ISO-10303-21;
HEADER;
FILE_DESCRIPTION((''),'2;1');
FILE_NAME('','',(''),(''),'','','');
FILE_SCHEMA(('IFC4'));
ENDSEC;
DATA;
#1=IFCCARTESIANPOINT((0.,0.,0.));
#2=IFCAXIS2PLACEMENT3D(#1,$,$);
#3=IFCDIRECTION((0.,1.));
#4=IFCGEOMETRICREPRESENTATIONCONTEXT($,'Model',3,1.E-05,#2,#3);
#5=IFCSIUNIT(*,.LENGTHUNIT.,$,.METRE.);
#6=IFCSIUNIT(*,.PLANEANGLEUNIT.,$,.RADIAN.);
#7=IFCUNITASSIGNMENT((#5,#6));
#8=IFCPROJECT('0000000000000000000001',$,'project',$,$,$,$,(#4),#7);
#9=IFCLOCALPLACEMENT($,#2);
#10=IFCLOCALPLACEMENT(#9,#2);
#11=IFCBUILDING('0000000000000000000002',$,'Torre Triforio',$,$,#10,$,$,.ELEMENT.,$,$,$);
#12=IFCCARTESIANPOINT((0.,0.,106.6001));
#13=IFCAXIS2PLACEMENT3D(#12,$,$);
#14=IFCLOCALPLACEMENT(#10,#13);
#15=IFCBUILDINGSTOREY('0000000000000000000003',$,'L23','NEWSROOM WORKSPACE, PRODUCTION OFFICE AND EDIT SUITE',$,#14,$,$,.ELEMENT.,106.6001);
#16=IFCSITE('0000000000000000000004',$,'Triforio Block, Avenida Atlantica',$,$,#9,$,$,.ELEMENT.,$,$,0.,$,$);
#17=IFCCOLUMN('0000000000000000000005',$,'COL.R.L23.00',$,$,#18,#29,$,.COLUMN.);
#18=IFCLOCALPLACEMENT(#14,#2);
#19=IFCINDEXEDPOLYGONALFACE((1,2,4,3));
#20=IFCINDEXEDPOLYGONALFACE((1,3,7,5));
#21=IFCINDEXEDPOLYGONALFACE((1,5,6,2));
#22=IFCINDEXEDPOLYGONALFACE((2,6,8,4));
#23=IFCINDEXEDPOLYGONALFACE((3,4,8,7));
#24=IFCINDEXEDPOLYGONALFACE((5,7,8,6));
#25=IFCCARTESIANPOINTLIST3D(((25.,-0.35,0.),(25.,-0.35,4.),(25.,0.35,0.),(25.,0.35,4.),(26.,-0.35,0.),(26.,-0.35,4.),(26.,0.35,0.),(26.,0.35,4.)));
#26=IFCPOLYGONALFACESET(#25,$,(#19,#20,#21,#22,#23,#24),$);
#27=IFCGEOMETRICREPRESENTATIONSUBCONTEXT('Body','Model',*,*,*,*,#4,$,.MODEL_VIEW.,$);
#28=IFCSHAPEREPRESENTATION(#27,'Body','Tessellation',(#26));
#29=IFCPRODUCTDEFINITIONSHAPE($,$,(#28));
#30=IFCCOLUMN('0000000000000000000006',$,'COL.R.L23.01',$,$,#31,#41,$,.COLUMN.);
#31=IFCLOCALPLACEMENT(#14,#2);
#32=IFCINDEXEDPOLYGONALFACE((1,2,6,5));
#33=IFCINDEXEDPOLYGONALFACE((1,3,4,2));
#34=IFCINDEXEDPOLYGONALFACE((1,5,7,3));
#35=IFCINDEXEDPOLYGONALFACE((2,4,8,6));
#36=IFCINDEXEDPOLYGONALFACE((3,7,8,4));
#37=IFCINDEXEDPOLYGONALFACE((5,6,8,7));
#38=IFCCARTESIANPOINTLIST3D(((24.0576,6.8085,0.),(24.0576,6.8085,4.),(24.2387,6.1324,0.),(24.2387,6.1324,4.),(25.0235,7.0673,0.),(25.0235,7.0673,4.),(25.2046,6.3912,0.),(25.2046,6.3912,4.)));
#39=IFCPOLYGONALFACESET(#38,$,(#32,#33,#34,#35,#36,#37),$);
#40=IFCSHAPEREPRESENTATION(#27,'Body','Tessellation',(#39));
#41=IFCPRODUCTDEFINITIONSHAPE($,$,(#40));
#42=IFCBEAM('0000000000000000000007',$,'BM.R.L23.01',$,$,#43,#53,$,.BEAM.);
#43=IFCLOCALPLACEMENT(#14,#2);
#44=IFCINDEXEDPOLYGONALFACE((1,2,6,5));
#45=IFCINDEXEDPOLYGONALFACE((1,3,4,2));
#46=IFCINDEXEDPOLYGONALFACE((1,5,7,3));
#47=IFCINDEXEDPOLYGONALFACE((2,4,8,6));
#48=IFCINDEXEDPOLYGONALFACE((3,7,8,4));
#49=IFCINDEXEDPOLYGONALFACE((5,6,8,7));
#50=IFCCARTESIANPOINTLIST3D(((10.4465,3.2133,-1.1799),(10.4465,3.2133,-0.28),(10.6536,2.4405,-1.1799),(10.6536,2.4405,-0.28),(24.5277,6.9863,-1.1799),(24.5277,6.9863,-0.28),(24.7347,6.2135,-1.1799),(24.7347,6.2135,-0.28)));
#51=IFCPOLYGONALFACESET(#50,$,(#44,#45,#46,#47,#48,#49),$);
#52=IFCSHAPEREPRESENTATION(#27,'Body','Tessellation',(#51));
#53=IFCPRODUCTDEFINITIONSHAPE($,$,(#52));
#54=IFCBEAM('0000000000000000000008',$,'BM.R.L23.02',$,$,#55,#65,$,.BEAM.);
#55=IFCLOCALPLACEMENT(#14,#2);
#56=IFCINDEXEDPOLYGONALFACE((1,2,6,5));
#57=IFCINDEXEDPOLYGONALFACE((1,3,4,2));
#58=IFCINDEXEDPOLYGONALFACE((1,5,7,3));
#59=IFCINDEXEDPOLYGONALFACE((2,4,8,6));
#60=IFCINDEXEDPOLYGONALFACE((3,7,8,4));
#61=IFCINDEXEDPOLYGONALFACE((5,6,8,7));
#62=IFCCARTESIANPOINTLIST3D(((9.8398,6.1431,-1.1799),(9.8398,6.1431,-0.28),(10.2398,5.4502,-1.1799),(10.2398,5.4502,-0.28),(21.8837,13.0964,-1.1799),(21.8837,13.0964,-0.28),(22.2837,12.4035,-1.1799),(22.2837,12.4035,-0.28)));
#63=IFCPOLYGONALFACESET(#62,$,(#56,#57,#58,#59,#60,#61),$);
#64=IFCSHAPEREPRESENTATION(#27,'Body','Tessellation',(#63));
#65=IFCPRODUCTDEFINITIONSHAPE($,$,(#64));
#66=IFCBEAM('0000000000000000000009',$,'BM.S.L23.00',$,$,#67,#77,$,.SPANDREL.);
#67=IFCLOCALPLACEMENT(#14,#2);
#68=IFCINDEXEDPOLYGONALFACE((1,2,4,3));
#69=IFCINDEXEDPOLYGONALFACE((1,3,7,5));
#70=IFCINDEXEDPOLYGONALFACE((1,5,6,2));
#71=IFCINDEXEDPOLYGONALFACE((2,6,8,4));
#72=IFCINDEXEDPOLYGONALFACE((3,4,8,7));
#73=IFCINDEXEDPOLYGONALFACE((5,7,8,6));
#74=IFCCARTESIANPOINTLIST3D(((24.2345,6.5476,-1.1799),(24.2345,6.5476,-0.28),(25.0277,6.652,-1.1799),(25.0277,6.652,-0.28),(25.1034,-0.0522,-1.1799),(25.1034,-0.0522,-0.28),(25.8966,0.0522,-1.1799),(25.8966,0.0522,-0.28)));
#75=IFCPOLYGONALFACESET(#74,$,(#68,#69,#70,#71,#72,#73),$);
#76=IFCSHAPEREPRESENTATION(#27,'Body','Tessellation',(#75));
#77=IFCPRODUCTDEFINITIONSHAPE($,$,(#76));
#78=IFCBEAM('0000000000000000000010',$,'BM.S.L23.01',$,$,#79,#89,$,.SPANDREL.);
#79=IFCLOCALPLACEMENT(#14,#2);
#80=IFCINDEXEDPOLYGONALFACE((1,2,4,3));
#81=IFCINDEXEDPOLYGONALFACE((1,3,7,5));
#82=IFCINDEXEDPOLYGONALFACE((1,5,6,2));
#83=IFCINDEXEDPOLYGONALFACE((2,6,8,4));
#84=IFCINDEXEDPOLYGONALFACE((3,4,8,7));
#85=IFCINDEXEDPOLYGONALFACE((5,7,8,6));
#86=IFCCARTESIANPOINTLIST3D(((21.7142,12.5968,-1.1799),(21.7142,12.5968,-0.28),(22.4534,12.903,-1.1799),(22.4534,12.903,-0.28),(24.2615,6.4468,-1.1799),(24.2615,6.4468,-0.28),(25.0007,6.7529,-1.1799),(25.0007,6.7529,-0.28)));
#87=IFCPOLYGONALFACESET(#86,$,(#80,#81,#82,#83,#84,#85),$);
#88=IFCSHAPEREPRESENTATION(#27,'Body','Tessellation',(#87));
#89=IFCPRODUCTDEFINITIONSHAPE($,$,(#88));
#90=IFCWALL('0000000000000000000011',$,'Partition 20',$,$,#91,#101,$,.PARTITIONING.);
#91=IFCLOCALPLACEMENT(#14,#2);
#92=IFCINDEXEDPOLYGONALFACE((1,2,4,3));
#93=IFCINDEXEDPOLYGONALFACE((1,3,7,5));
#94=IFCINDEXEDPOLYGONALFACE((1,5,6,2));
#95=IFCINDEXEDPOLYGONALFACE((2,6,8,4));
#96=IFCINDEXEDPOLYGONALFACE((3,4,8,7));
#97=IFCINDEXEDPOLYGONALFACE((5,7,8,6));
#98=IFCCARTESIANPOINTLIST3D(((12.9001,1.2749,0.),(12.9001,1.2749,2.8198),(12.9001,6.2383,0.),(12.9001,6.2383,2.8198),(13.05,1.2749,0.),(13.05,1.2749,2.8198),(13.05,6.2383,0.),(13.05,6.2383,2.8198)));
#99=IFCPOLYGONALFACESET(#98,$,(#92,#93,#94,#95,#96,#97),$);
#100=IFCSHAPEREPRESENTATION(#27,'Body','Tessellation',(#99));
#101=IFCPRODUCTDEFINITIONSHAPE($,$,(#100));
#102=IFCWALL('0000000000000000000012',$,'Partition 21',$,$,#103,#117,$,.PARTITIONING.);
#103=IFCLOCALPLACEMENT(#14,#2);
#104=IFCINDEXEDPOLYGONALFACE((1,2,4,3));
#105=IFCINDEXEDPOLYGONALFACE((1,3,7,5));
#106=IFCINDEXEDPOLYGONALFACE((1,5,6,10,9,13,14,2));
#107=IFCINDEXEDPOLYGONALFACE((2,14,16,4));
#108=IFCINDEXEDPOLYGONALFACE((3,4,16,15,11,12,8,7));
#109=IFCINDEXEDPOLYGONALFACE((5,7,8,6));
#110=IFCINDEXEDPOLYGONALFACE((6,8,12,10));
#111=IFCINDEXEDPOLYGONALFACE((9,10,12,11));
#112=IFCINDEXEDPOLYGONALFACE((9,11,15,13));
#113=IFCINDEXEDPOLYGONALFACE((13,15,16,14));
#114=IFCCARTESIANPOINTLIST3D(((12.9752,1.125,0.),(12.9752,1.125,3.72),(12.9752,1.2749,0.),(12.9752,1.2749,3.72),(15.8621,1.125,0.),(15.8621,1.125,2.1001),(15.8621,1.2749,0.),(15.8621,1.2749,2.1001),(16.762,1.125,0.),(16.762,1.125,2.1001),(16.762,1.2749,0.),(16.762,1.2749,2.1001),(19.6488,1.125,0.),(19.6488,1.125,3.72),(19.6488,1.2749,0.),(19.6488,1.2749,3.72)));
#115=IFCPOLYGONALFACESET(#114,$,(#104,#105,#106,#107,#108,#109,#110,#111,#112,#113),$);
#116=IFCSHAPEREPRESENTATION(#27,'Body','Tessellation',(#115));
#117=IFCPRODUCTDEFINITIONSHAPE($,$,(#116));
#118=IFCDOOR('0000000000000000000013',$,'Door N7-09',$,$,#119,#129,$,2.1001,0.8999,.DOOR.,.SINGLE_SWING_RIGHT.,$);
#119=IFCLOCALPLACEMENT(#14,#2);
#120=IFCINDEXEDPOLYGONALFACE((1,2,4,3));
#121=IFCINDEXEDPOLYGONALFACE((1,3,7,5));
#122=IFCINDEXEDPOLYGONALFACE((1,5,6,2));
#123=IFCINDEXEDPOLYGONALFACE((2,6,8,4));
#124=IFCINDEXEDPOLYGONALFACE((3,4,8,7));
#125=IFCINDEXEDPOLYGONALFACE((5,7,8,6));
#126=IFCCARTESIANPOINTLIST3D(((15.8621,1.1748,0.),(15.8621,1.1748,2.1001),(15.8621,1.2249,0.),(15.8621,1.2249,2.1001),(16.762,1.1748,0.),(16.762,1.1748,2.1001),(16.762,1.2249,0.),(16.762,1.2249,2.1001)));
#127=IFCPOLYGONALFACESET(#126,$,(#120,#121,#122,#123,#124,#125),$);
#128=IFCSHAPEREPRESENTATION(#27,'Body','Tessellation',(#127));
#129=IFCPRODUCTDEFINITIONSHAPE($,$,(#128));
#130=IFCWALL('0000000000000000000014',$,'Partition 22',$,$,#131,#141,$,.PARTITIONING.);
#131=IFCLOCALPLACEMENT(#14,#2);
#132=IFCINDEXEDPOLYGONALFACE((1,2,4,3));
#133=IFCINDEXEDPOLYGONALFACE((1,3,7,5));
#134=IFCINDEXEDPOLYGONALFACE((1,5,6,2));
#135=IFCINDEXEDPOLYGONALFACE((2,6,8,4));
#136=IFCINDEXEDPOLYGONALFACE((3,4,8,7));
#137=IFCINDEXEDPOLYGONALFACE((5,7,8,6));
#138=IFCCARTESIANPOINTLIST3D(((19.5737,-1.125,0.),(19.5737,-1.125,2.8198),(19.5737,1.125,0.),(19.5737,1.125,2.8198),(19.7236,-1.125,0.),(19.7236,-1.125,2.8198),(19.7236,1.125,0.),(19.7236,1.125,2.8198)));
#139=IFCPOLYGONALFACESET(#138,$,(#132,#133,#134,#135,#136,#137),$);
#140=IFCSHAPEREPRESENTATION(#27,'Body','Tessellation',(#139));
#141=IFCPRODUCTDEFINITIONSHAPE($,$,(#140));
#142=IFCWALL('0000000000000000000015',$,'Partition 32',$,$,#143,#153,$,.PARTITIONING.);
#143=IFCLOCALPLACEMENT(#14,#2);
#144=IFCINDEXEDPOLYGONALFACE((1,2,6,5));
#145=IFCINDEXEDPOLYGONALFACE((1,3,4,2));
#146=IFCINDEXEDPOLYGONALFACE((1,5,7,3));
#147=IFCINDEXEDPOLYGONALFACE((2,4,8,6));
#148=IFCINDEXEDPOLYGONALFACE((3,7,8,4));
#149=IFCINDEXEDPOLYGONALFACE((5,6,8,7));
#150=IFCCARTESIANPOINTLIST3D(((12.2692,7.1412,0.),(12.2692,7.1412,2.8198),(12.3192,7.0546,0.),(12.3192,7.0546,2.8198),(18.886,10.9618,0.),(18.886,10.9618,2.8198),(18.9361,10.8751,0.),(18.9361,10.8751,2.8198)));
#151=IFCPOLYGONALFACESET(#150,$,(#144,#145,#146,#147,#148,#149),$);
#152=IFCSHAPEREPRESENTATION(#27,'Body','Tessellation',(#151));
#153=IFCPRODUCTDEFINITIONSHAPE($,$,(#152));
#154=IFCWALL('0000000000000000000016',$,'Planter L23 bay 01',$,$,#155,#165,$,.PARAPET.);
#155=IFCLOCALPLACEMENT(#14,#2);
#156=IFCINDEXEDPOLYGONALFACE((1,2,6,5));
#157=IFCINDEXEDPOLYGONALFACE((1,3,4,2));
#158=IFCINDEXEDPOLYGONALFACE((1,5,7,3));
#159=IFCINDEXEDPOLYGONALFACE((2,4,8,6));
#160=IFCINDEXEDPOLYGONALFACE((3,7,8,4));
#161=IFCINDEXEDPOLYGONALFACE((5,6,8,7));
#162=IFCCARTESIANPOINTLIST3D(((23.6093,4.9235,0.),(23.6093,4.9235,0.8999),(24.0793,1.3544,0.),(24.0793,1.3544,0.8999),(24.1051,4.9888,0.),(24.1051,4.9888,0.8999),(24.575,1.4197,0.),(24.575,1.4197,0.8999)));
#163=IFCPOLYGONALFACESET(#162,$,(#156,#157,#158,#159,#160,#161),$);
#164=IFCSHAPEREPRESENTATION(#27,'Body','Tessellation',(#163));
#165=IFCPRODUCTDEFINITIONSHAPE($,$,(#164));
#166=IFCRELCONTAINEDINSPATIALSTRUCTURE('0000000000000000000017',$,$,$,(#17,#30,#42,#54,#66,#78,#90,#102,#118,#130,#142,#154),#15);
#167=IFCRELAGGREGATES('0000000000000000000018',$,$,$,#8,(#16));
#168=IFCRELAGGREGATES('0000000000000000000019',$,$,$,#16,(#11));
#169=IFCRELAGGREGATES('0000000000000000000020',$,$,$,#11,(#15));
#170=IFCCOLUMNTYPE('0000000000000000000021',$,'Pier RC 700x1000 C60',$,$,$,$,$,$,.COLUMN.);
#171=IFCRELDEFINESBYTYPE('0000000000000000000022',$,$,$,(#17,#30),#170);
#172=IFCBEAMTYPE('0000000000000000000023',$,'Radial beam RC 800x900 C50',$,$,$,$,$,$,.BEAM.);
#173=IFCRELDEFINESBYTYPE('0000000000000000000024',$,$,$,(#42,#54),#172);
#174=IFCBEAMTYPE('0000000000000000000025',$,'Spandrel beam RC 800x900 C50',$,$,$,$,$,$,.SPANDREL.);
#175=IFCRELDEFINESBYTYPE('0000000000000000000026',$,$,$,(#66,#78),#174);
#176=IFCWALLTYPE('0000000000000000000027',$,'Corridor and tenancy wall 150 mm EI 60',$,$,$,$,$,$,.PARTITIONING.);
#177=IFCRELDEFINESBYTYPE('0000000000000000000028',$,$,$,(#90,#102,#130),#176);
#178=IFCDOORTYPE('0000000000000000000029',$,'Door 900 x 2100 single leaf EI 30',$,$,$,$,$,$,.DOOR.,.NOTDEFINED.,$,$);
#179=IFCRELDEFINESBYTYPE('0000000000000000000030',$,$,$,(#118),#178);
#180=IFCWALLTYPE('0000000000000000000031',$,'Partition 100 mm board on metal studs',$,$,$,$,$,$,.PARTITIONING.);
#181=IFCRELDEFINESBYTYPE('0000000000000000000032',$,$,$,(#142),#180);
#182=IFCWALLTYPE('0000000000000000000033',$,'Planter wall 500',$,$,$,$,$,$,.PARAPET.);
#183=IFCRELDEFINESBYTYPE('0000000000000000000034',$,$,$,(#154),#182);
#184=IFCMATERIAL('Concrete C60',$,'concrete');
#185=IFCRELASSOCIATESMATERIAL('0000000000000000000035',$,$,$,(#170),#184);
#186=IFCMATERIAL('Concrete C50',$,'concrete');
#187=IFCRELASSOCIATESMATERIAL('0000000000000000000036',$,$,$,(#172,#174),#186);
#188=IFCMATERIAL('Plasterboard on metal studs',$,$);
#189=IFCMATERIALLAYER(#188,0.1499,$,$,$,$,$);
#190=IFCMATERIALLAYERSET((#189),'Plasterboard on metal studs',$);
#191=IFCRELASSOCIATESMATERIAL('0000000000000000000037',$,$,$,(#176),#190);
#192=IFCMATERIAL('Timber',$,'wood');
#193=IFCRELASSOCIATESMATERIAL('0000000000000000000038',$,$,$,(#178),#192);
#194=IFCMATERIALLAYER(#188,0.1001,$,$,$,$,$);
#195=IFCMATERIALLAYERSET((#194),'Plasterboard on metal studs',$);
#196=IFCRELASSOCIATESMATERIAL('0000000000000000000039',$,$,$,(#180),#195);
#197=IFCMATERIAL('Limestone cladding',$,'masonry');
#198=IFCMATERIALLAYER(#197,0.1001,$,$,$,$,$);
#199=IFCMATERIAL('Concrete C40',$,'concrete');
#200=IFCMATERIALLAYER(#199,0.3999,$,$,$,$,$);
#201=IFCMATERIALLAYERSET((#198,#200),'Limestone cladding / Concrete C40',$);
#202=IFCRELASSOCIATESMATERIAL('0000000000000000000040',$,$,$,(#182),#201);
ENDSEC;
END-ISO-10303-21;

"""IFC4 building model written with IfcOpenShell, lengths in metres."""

from ifc_helpers import new_model, si_unit, direction, frame, frame_2d, origin, origin_2d, place, context, subcontext, project, spatial, rectangle, extrude, material, layer, layer_set, material_profile, profile_set, type_object, element, fill, save


model = new_model("IFC4")

# Units and contexts
model_context = context("Model", 3, precision=1e-05, world=origin(), true_north=direction((0.0, 1.0)))
body_context = subcontext(model_context, "Body", "Model", "MODEL_VIEW")
ifc_project = project(units=[si_unit("LENGTHUNIT", "METRE"), si_unit("PLANEANGLEUNIT", "RADIAN")], contexts=[model_context])

# Site, building, storey
site_placement = place(None, origin())
site = spatial("IfcSite", under=ifc_project, at=site_placement, Name="Triforio Block, Avenida Atlantica", CompositionType="ELEMENT", RefElevation=0.0)
building_placement = place(site_placement, origin())
building = spatial("IfcBuilding", under=site, at=building_placement, Name="Torre Triforio", CompositionType="ELEMENT")
storey_placement = place(building_placement, frame((0.0, 0.0, 106.6001)))
storey = spatial("IfcBuildingStorey", under=building, at=storey_placement, Name="L23", Description="NEWSROOM WORKSPACE, PRODUCTION OFFICE AND EDIT SUITE", CompositionType="ELEMENT", Elevation=106.6001)

# Columns
ifc_material_1 = material(Name="Concrete C60", Category="concrete")
ifc_material_profile_1 = material_profile(ifc_material_1, rectangle(XDim=0.7, YDim=1.0, at=origin_2d()), Name="RC 700x1000")
ifc_profile_set_1 = profile_set([ifc_material_profile_1], Name="Concrete C60")
column_type = type_object("IfcColumnType", Name="Pier RC 700x1000 C60", PredefinedType="COLUMN", material=ifc_profile_set_1)
for number, where, z_axis, x_axis, name in (
    (1, (25.5, 0.0, 0.0), (0.0, 0.0, 1.0), (0.0, 1.0, 0.0), "COL.R.L23.00"),
    (2, (24.6311, 6.5999, 0.0), (0.0, 0.0, 1.0), (-0.258819, 0.965926, 0.0), "COL.R.L23.01"),
):
    element("IfcColumn", number, at=place(storey_placement, frame(where, z_axis=z_axis, x_axis=x_axis)), inside=storey, type_object=column_type, Name=name, PredefinedType="COLUMN", context=body_context, shape_type="SweptSolid", body=[
        extrude(rectangle(XDim=0.7, YDim=1.0, at=origin_2d()), origin(), (0.0, 0.0, 1.0), 4.0),
    ])

# Beams
ifc_material_2 = material(Name="Concrete C50", Category="concrete")
ifc_material_profile_2 = material_profile(ifc_material_2, rectangle(XDim=0.8, YDim=0.8999, at=origin_2d()), Name="RC 800x900")
ifc_profile_set_2 = profile_set([ifc_material_profile_2], Name="Concrete C50")
beam_type_1 = type_object("IfcBeamType", Name="Radial beam RC 800x900 C50", PredefinedType="BEAM", material=ifc_profile_set_2)
beam_1_placement = place(storey_placement, frame((10.55, 2.8269, -0.73), z_axis=(0.965927, 0.258815, 0.0), x_axis=(-0.258815, 0.965927, 0.0)))
element("IfcBeam", 3, at=beam_1_placement, inside=storey, type_object=beam_type_1, Name="BM.R.L23.01", PredefinedType="BEAM", context=body_context, shape_type="SweptSolid", body=[
    extrude(rectangle(XDim=0.8, YDim=0.8999, at=origin_2d()), origin(), (0.0, 0.0, 1.0), 14.5779),
])
beam_2_placement = place(storey_placement, frame((10.0398, 5.7966, -0.73), z_axis=(0.866032, 0.499989, 0.0), x_axis=(-0.499989, 0.866032, 0.0)))
element("IfcBeam", 4, at=beam_2_placement, inside=storey, type_object=beam_type_1, Name="BM.R.L23.02", PredefinedType="BEAM", context=body_context, shape_type="SweptSolid", body=[
    extrude(rectangle(XDim=0.8, YDim=0.8999, at=origin_2d()), origin(), (0.0, 0.0, 1.0), 13.907),
])
ifc_material_profile_3 = material_profile(ifc_material_2, rectangle(XDim=0.8, YDim=0.8999, at=origin_2d()), Name="RC 800x900")
ifc_profile_set_3 = profile_set([ifc_material_profile_3], Name="Concrete C50")
beam_type_2 = type_object("IfcBeamType", Name="Spandrel beam RC 800x900 C50", PredefinedType="SPANDREL", material=ifc_profile_set_3)
for number, where, z_axis, x_axis, name in (
    (5, (25.5, 0.0, -0.73), (-0.130528, 0.991445, 0.0), (-0.991445, -0.130528, 0.0), "BM.S.L23.00"),
    (6, (24.6311, 6.5999, -0.73), (-0.382669, 0.923885, 0.0), (-0.923885, -0.382669, 0.0), "BM.S.L23.01"),
):
    element("IfcBeam", number, at=place(storey_placement, frame(where, z_axis=z_axis, x_axis=x_axis)), inside=storey, type_object=beam_type_2, Name=name, PredefinedType="SPANDREL", context=body_context, shape_type="SweptSolid", body=[
        extrude(rectangle(XDim=0.8, YDim=0.8999, at=origin_2d()), origin(), (0.0, 0.0, 1.0), 6.6567),
    ])

# Wall
ifc_material_3 = material(Name="Plasterboard on metal studs")
ifc_layer_1 = layer(ifc_material_3, 0.1499)
ifc_layer_set_1 = layer_set([ifc_layer_1], Name="Plasterboard on metal studs")
wall_type_1 = type_object("IfcWallType", Name="Corridor and tenancy wall 150 mm EI 60", PredefinedType="PARTITIONING", material=ifc_layer_set_1)
wall_1_placement = place(storey_placement, frame((12.9751, 6.2383, 0.0), z_axis=(0.0, 0.0, 1.0), x_axis=(0.0, -1.0, 0.0)))
element("IfcWall", 7, at=wall_1_placement, inside=storey, type_object=wall_type_1, Name="Partition 20", PredefinedType="PARTITIONING", context=body_context, shape_type="SweptSolid", body=[
    extrude(rectangle(XDim=4.9634, YDim=0.1499, at=frame_2d((2.4817, 0.0))), origin(), (0.0, 0.0, 1.0), 2.8198),
])

# Wall, opening, door
wall_2_placement = place(storey_placement, frame((12.9751, 1.2, 0.0), z_axis=(0.0, 0.0, 1.0), x_axis=(1.0, 0.0, 0.0)))
wall_2 = element("IfcWall", 8, at=wall_2_placement, inside=storey, type_object=wall_type_1, Name="Partition 21", PredefinedType="PARTITIONING", context=body_context, shape_type="SweptSolid", body=[
    extrude(rectangle(XDim=6.6736, YDim=0.1499, at=frame_2d((3.3369, 0.0))), origin(), (0.0, 0.0, 1.0), 3.72),
])
opening_1_placement = place(wall_2_placement, frame((2.887, 0.0, 0.0)))
opening_1 = element("IfcOpeningElement", 9, at=opening_1_placement, cuts=wall_2, PredefinedType="OPENING", context=body_context, shape_type="SweptSolid", body=[
    extrude(rectangle(XDim=0.8999, YDim=2.1001, at=frame_2d((0.45, 1.05))), frame((0.0, 0.085, 0.0), z_axis=(0.0, -1.0, 0.0), x_axis=(1.0, 0.0, 0.0)), (0.0, 0.0, 1.0), 0.1699),
])
ifc_material_4 = material(Name="Timber", Category="wood")
door_type_1 = type_object("IfcDoorType", Name="Door 900 x 2100 single leaf EI 30", OperationType="NOTDEFINED", PredefinedType="DOOR", material=ifc_material_4)
door_1_placement = place(opening_1_placement, origin())
door_1 = element("IfcDoor", 10, at=door_1_placement, inside=storey, type_object=door_type_1, Name="Door N7-09", OperationType="SINGLE_SWING_RIGHT", OverallHeight=2.1001, OverallWidth=0.8999, PredefinedType="DOOR", context=body_context, shape_type="SweptSolid", body=[
    extrude(rectangle(XDim=0.8999, YDim=2.1001, at=frame_2d((0.45, 1.05))), frame((0.0, 0.0249, 0.0), z_axis=(0.0, -1.0, 0.0), x_axis=(1.0, 0.0, 0.0)), (0.0, 0.0, 1.0), 0.05),
])
fill(opening_1, door_1)

# Walls
wall_3_placement = place(storey_placement, frame((19.6487, 1.125, 0.0), z_axis=(0.0, 0.0, 1.0), x_axis=(0.0, -1.0, 0.0)))
element("IfcWall", 11, at=wall_3_placement, inside=storey, type_object=wall_type_1, Name="Partition 22", PredefinedType="PARTITIONING", context=body_context, shape_type="SweptSolid", body=[
    extrude(rectangle(XDim=2.25, YDim=0.1499, at=frame_2d((1.125, 0.0))), origin(), (0.0, 0.0, 1.0), 2.8198),
])
ifc_layer_2 = layer(ifc_material_3, 0.1001)
ifc_layer_set_2 = layer_set([ifc_layer_2], Name="Plasterboard on metal studs")
wall_type_2 = type_object("IfcWallType", Name="Partition 100 mm board on metal studs", PredefinedType="PARTITIONING", material=ifc_layer_set_2)
wall_4_placement = place(storey_placement, frame((12.2942, 7.0979, 0.0), z_axis=(0.0, 0.0, 1.0), x_axis=(0.866011, 0.500026, 0.0)))
element("IfcWall", 12, at=wall_4_placement, inside=storey, type_object=wall_type_2, Name="Partition 32", PredefinedType="PARTITIONING", context=body_context, shape_type="SweptSolid", body=[
    extrude(rectangle(XDim=7.6406, YDim=0.1001, at=frame_2d((3.8203, 0.0))), origin(), (0.0, 0.0, 1.0), 2.8198),
])
ifc_material_5 = material(Name="Limestone cladding", Category="masonry")
ifc_layer_3 = layer(ifc_material_5, 0.1001)
ifc_material_6 = material(Name="Concrete C40", Category="concrete")
ifc_layer_4 = layer(ifc_material_6, 0.3999)
ifc_layer_set_3 = layer_set([ifc_layer_3, ifc_layer_4], Name="Limestone cladding / Concrete C40")
wall_type_3 = type_object("IfcWallType", Name="Planter wall 500", PredefinedType="PARAPET", material=ifc_layer_set_3)
wall_5_placement = place(storey_placement, frame((24.3271, 1.3872, 0.0), z_axis=(0.0, 0.0, 1.0), x_axis=(-0.130551, 0.991442, 0.0)))
element("IfcWall", 13, at=wall_5_placement, inside=storey, type_object=wall_type_3, Name="Planter L23 bay 01", PredefinedType="PARAPET", context=body_context, shape_type="SweptSolid", body=[
    extrude(rectangle(XDim=3.5999, YDim=0.5, at=frame_2d((1.7998, 0.0))), origin(), (0.0, 0.0, 1.0), 0.8999),
])

save(model, "model.ifc")
